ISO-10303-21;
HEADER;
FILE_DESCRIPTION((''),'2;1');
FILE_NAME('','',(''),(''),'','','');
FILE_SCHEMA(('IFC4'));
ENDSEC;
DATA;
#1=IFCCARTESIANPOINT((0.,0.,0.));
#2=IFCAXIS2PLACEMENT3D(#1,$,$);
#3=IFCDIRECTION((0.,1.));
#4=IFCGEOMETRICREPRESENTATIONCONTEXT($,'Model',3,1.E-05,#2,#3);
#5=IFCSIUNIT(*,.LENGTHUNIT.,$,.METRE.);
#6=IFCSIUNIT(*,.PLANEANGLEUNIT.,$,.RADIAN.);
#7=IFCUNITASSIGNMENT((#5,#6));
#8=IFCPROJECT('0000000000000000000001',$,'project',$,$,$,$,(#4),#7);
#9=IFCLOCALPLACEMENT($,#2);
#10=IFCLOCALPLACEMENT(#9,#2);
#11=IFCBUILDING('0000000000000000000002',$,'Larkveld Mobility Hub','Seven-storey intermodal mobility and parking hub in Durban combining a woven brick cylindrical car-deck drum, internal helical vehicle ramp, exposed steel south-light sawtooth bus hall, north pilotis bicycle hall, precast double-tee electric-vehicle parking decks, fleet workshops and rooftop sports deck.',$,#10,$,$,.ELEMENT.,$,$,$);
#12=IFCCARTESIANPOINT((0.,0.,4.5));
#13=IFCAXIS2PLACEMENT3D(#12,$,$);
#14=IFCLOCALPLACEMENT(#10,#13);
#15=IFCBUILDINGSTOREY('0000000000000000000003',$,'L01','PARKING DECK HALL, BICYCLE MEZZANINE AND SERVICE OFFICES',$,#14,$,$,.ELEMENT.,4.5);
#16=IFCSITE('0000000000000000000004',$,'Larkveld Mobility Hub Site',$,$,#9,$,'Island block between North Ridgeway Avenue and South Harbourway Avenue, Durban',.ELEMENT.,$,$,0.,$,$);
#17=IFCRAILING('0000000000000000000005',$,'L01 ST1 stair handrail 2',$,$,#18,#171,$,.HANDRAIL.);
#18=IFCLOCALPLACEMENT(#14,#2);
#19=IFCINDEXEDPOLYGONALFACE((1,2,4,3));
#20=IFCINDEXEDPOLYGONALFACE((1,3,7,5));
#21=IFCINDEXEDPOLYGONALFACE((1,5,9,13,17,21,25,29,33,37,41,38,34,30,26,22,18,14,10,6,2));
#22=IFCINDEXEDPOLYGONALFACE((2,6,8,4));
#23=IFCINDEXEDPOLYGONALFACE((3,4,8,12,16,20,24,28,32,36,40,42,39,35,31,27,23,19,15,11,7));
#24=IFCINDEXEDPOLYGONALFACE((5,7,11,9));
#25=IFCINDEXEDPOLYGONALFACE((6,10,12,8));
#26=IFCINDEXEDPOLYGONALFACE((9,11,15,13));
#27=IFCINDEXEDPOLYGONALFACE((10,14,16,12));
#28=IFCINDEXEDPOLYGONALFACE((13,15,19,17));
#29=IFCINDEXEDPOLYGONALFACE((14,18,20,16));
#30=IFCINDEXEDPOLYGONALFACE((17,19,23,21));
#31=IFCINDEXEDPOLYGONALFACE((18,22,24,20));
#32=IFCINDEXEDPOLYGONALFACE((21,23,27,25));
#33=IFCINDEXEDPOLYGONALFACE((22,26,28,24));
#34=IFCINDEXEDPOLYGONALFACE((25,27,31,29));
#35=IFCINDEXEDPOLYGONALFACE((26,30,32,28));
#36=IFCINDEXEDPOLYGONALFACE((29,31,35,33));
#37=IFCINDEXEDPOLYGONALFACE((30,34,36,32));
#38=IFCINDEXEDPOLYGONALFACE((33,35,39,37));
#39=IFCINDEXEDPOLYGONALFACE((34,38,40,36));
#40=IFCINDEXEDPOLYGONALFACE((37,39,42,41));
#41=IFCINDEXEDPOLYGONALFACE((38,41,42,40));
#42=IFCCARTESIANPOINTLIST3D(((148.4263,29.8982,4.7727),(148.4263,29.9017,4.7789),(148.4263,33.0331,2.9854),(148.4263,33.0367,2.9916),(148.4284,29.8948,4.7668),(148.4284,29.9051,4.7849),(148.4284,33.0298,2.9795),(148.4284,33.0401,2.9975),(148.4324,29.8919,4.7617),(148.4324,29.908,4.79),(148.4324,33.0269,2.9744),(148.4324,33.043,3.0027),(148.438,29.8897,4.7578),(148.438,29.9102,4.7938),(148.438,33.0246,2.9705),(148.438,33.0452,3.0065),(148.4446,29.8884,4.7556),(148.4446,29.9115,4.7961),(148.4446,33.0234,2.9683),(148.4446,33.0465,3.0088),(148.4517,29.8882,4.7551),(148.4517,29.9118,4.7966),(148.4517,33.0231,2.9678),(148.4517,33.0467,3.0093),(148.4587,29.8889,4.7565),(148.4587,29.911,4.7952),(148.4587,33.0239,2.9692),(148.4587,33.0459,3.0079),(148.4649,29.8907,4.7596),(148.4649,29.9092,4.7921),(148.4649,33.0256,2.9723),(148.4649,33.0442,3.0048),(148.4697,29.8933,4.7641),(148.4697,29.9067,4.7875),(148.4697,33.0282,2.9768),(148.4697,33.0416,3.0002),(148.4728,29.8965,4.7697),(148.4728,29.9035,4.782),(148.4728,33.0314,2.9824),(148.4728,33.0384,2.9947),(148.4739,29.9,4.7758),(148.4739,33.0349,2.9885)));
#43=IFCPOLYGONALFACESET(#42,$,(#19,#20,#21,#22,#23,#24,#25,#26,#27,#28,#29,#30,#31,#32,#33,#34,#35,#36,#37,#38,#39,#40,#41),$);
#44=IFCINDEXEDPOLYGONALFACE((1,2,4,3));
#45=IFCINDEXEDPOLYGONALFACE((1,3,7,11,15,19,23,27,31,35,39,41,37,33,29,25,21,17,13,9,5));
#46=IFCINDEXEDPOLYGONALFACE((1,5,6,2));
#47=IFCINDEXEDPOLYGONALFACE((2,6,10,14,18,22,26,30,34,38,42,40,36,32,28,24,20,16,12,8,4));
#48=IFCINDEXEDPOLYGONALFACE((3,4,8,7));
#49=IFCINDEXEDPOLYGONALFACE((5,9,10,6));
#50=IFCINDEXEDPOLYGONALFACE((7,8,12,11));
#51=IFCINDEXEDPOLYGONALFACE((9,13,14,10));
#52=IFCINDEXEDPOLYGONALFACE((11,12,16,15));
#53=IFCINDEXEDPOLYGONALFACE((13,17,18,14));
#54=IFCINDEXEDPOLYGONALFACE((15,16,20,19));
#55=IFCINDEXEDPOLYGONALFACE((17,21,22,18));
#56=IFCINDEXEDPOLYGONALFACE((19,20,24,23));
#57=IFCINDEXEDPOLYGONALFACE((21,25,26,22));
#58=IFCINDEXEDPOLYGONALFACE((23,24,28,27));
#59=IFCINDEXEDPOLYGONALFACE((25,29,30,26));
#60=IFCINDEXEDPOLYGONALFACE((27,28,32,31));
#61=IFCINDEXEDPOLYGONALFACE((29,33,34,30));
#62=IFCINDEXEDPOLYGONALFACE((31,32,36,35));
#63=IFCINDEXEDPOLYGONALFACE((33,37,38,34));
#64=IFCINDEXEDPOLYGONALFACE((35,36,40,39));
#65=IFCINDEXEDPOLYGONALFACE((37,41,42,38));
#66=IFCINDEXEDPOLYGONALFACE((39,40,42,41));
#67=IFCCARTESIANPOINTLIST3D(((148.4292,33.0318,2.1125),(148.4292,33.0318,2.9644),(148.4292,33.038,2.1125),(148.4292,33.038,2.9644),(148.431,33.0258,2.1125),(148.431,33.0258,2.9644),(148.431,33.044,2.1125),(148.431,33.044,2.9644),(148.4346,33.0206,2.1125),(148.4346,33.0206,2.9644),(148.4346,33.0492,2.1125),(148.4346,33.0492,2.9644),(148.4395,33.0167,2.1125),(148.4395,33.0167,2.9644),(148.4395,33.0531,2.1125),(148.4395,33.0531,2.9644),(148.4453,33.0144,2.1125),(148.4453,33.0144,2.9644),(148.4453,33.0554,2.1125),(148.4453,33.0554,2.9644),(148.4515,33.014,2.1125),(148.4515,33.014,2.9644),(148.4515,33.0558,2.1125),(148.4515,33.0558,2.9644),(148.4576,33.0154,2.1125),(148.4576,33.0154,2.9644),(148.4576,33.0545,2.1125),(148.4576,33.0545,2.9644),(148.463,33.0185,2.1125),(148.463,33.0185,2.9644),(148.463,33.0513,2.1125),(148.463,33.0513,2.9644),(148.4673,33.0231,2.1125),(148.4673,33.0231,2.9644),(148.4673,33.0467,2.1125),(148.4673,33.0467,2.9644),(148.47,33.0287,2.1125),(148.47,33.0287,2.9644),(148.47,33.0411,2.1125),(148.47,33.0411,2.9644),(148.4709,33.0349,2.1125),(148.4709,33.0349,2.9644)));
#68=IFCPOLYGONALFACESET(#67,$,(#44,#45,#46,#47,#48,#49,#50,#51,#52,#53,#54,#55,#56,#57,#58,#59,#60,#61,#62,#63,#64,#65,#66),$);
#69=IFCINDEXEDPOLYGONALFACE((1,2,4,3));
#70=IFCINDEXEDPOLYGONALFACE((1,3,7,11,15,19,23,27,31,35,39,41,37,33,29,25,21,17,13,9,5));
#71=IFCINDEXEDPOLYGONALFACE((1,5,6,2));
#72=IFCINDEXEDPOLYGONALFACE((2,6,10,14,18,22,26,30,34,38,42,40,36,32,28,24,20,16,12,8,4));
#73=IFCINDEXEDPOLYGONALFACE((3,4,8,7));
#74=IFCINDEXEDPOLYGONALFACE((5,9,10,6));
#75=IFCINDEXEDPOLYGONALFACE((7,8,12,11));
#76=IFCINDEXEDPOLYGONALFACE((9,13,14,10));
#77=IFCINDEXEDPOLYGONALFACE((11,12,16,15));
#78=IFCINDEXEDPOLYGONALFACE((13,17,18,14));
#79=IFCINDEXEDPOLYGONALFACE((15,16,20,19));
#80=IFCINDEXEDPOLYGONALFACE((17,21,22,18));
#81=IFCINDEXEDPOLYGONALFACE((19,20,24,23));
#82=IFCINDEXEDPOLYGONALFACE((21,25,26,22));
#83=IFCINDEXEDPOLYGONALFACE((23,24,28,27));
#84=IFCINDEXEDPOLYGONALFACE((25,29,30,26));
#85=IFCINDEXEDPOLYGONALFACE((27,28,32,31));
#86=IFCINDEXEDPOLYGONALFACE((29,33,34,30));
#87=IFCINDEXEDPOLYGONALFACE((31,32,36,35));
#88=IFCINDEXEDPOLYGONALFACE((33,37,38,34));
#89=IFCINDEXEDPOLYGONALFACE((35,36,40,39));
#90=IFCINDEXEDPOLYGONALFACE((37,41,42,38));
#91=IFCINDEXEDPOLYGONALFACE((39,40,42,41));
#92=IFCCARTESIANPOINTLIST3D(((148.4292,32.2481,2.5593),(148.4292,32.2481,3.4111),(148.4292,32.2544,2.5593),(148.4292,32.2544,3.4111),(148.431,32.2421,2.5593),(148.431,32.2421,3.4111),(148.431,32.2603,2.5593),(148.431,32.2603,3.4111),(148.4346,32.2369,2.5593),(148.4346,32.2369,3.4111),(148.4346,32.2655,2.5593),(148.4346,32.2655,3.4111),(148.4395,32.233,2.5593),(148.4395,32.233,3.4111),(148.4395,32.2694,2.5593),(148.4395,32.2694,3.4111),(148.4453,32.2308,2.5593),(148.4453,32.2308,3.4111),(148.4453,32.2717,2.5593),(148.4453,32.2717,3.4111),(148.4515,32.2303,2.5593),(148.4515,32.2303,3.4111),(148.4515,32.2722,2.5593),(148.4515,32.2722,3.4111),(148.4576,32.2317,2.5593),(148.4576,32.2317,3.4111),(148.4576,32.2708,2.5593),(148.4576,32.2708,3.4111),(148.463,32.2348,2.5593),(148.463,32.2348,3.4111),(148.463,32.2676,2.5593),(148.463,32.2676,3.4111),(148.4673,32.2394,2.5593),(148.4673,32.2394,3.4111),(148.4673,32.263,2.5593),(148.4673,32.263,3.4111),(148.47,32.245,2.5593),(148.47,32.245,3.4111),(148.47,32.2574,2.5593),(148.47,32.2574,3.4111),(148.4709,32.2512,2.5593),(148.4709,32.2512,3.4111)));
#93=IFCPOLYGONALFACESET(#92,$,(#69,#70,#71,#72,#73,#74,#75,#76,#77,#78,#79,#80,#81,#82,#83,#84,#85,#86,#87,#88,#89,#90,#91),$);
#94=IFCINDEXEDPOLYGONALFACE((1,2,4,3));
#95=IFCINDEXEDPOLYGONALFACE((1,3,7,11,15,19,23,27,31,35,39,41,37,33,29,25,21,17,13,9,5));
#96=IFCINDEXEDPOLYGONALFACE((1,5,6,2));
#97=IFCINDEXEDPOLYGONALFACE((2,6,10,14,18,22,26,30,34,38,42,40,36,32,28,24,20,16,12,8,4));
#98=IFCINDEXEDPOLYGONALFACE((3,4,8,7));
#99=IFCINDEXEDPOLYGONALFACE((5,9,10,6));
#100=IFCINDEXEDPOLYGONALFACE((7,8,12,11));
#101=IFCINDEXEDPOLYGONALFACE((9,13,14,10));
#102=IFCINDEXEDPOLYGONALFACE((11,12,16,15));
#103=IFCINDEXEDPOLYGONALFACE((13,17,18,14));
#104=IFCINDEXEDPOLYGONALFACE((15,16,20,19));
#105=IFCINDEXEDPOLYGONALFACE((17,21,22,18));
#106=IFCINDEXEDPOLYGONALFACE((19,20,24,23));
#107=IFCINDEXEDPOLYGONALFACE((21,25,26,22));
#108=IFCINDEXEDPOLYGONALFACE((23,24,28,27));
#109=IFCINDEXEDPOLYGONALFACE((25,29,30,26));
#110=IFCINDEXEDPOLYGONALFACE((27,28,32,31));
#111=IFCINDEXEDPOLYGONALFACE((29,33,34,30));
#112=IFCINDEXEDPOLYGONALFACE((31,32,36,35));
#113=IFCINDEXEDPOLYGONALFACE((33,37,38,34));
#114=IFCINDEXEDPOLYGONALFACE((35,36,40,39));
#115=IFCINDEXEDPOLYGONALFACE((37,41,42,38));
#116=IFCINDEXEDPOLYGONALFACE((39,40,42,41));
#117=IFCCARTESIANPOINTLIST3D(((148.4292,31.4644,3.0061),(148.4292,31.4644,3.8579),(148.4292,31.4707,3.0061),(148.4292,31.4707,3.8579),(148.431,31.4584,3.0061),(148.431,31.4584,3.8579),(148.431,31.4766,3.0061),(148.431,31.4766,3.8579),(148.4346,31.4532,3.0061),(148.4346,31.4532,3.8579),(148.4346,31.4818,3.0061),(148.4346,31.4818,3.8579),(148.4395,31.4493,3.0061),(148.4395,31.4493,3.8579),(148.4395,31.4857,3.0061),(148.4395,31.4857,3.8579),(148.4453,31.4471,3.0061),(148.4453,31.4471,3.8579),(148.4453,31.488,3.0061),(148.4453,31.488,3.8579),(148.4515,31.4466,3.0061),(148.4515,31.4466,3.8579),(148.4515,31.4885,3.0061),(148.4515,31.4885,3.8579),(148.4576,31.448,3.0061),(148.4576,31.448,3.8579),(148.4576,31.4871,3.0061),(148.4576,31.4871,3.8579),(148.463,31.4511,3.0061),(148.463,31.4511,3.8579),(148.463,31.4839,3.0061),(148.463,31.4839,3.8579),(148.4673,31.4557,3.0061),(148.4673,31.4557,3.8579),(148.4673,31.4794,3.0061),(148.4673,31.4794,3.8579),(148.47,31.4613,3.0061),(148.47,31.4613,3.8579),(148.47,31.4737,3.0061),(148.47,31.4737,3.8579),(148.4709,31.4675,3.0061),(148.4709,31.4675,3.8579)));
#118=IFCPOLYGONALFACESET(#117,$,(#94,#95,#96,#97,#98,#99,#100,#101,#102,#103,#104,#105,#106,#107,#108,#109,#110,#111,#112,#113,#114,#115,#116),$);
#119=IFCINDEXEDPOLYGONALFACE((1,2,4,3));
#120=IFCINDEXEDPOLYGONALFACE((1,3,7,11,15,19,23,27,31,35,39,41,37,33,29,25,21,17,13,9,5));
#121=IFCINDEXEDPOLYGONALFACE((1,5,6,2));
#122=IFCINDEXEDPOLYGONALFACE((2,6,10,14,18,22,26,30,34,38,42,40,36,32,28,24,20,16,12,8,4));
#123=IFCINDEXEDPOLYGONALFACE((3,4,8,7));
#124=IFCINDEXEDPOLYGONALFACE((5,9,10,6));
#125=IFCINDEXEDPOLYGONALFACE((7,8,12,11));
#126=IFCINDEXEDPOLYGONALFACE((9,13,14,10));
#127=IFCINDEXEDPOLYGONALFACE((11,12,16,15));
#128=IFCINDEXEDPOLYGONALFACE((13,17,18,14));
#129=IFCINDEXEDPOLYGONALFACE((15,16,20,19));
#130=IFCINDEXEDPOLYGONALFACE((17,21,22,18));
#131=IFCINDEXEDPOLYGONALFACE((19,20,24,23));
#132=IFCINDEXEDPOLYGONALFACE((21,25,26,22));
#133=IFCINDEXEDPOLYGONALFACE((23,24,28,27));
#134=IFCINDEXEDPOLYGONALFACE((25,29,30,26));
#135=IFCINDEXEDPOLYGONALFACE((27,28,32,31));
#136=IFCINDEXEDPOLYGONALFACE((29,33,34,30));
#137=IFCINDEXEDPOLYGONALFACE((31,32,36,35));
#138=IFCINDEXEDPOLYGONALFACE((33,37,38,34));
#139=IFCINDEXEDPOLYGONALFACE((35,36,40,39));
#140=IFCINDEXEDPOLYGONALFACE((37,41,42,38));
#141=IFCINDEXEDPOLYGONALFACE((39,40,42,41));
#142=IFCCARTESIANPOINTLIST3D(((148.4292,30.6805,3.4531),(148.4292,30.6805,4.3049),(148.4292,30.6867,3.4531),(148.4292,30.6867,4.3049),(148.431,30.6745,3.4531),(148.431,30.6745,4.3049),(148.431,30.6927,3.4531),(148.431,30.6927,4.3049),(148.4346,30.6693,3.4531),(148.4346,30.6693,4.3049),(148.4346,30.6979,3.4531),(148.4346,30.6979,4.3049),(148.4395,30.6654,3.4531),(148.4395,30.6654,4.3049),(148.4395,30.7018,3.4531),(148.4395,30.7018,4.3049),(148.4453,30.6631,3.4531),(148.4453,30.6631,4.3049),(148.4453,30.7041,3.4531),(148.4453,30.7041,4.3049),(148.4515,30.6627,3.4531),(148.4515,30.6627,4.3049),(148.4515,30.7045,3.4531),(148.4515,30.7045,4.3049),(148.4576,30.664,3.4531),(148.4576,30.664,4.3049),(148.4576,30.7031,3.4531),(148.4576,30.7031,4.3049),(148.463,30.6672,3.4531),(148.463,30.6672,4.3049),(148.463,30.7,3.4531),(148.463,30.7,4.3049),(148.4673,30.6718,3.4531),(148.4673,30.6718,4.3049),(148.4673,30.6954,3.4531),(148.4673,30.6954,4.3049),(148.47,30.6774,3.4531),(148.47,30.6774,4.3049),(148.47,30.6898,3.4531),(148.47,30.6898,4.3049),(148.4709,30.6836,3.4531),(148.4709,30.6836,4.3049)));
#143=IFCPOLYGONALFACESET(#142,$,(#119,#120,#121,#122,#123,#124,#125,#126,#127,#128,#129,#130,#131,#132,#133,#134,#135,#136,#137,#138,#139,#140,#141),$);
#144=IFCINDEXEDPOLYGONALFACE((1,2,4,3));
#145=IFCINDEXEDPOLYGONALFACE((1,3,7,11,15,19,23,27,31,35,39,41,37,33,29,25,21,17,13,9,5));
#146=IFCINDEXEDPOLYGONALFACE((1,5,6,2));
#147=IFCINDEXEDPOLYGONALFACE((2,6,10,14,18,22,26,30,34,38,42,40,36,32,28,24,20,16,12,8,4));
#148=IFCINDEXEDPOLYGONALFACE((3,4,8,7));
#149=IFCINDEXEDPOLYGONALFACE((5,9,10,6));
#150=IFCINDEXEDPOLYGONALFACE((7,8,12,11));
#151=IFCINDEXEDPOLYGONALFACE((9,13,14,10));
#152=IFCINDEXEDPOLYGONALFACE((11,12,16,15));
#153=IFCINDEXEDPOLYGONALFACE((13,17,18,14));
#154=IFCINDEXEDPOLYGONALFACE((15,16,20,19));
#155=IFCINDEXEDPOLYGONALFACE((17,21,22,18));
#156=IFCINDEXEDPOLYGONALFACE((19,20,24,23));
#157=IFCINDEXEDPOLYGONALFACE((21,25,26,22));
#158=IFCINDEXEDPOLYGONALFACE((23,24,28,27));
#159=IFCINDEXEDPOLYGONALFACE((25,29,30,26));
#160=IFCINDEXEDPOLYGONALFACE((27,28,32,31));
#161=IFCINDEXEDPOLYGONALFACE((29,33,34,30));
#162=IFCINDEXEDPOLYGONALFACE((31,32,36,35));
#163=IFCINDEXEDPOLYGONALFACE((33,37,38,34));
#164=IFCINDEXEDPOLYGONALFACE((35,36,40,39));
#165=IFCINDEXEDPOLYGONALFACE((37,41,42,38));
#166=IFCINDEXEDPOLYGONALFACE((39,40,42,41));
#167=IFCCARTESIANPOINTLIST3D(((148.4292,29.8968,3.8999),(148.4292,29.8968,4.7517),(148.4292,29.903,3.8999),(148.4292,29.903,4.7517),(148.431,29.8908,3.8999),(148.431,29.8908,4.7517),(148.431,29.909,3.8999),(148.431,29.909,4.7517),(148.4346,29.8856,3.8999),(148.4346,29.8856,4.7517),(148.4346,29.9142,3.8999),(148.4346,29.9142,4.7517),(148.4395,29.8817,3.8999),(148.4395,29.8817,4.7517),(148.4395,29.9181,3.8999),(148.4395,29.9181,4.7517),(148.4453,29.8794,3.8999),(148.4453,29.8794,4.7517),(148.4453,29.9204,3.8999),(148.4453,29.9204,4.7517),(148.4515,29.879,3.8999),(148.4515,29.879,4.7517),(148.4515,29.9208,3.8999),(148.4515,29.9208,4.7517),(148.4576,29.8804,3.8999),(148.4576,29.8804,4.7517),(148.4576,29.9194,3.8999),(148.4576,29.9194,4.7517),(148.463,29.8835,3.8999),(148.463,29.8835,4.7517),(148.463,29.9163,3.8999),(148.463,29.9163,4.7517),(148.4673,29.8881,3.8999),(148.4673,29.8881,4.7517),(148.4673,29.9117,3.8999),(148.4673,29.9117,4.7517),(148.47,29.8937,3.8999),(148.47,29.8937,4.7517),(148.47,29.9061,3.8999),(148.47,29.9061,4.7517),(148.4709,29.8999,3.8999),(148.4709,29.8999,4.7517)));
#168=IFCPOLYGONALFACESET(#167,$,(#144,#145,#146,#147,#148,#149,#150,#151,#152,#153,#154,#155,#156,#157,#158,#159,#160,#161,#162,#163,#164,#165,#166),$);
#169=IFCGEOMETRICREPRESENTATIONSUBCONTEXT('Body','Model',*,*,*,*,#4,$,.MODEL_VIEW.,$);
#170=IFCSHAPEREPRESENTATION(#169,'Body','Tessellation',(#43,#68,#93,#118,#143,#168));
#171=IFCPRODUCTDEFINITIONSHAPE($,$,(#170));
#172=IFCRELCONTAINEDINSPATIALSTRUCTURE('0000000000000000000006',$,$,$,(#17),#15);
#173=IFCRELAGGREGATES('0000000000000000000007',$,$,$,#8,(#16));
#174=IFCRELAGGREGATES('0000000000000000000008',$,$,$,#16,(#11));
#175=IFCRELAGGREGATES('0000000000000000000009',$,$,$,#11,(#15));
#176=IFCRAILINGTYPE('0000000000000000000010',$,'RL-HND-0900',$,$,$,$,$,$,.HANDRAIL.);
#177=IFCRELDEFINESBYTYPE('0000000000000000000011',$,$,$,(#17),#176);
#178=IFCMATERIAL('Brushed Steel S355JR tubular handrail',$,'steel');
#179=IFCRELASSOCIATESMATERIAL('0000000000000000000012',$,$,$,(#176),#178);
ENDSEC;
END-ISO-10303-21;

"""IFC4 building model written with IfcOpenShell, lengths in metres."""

from ifc_helpers import new_model, si_unit, direction, frame, origin, origin_2d, place, context, subcontext, project, spatial, circle, extrude, material, type_object, element, save


model = new_model("IFC4")

# Units and contexts
model_context = context("Model", 3, precision=1e-05, world=origin(), true_north=direction((0.0, 1.0)))
body_context = subcontext(model_context, "Body", "Model", "MODEL_VIEW")
ifc_project = project(units=[si_unit("LENGTHUNIT", "METRE"), si_unit("PLANEANGLEUNIT", "RADIAN")], contexts=[model_context])

# Site, building, storey
site_placement = place(None, origin())
site = spatial("IfcSite", under=ifc_project, at=site_placement, Name="Larkveld Mobility Hub Site", LongName="Island block between North Ridgeway Avenue and South Harbourway Avenue, Durban", CompositionType="ELEMENT", RefElevation=0.0)
building_placement = place(site_placement, origin())
building = spatial("IfcBuilding", under=site, at=building_placement, Name="Larkveld Mobility Hub", Description="Seven-storey intermodal mobility and parking hub in Durban combining a woven brick cylindrical car-deck drum, internal helical vehicle ramp, exposed steel south-light sawtooth bus hall, north pilotis bicycle hall, precast double-tee electric-vehicle parking decks, fleet workshops and rooftop sports deck.", CompositionType="ELEMENT")
storey_placement = place(building_placement, frame((0.0, 0.0, 4.5)))
storey = spatial("IfcBuildingStorey", under=building, at=storey_placement, Name="L01", Description="PARKING DECK HALL, BICYCLE MEZZANINE AND SERVICE OFFICES", CompositionType="ELEMENT", Elevation=4.5)

# Railing
ifc_material_1 = material(Name="Brushed Steel S355JR tubular handrail", Category="steel")
railing_type_1 = type_object("IfcRailingType", Name="RL-HND-0900", PredefinedType="HANDRAIL", material=ifc_material_1)
railing_1_placement = place(storey_placement, frame((148.45, 33.0349, 2.1125)))
element("IfcRailing", 1, at=railing_1_placement, inside=storey, type_object=railing_type_1, Name="L01 ST1 stair handrail 2", PredefinedType="HANDRAIL", context=body_context, shape_type="SweptSolid", body=[
    extrude(circle(Radius=0.0239, at=origin_2d()), frame((0.0, 0.0, 0.876), z_axis=(0.0, -0.86873, 0.495286), x_axis=(1.0, 0.0, 0.0)), (0.0, 0.0, 1.0), 3.6086),
    extrude(circle(Radius=0.021, at=origin_2d()), origin(), (0.0, 0.0, 1.0), 0.8518),
    extrude(circle(Radius=0.021, at=origin_2d()), frame((0.0, -0.7837, 0.4468)), (0.0, 0.0, 1.0), 0.8518),
    extrude(circle(Radius=0.021, at=origin_2d()), frame((0.0, -1.5674, 0.8936)), (0.0, 0.0, 1.0), 0.8518),
    extrude(circle(Radius=0.021, at=origin_2d()), frame((0.0, -2.3513, 1.3406)), (0.0, 0.0, 1.0), 0.8518),
    extrude(circle(Radius=0.021, at=origin_2d()), frame((0.0, -3.135, 1.7874)), (0.0, 0.0, 1.0), 0.8518),
])

save(model, "model.ifc")
